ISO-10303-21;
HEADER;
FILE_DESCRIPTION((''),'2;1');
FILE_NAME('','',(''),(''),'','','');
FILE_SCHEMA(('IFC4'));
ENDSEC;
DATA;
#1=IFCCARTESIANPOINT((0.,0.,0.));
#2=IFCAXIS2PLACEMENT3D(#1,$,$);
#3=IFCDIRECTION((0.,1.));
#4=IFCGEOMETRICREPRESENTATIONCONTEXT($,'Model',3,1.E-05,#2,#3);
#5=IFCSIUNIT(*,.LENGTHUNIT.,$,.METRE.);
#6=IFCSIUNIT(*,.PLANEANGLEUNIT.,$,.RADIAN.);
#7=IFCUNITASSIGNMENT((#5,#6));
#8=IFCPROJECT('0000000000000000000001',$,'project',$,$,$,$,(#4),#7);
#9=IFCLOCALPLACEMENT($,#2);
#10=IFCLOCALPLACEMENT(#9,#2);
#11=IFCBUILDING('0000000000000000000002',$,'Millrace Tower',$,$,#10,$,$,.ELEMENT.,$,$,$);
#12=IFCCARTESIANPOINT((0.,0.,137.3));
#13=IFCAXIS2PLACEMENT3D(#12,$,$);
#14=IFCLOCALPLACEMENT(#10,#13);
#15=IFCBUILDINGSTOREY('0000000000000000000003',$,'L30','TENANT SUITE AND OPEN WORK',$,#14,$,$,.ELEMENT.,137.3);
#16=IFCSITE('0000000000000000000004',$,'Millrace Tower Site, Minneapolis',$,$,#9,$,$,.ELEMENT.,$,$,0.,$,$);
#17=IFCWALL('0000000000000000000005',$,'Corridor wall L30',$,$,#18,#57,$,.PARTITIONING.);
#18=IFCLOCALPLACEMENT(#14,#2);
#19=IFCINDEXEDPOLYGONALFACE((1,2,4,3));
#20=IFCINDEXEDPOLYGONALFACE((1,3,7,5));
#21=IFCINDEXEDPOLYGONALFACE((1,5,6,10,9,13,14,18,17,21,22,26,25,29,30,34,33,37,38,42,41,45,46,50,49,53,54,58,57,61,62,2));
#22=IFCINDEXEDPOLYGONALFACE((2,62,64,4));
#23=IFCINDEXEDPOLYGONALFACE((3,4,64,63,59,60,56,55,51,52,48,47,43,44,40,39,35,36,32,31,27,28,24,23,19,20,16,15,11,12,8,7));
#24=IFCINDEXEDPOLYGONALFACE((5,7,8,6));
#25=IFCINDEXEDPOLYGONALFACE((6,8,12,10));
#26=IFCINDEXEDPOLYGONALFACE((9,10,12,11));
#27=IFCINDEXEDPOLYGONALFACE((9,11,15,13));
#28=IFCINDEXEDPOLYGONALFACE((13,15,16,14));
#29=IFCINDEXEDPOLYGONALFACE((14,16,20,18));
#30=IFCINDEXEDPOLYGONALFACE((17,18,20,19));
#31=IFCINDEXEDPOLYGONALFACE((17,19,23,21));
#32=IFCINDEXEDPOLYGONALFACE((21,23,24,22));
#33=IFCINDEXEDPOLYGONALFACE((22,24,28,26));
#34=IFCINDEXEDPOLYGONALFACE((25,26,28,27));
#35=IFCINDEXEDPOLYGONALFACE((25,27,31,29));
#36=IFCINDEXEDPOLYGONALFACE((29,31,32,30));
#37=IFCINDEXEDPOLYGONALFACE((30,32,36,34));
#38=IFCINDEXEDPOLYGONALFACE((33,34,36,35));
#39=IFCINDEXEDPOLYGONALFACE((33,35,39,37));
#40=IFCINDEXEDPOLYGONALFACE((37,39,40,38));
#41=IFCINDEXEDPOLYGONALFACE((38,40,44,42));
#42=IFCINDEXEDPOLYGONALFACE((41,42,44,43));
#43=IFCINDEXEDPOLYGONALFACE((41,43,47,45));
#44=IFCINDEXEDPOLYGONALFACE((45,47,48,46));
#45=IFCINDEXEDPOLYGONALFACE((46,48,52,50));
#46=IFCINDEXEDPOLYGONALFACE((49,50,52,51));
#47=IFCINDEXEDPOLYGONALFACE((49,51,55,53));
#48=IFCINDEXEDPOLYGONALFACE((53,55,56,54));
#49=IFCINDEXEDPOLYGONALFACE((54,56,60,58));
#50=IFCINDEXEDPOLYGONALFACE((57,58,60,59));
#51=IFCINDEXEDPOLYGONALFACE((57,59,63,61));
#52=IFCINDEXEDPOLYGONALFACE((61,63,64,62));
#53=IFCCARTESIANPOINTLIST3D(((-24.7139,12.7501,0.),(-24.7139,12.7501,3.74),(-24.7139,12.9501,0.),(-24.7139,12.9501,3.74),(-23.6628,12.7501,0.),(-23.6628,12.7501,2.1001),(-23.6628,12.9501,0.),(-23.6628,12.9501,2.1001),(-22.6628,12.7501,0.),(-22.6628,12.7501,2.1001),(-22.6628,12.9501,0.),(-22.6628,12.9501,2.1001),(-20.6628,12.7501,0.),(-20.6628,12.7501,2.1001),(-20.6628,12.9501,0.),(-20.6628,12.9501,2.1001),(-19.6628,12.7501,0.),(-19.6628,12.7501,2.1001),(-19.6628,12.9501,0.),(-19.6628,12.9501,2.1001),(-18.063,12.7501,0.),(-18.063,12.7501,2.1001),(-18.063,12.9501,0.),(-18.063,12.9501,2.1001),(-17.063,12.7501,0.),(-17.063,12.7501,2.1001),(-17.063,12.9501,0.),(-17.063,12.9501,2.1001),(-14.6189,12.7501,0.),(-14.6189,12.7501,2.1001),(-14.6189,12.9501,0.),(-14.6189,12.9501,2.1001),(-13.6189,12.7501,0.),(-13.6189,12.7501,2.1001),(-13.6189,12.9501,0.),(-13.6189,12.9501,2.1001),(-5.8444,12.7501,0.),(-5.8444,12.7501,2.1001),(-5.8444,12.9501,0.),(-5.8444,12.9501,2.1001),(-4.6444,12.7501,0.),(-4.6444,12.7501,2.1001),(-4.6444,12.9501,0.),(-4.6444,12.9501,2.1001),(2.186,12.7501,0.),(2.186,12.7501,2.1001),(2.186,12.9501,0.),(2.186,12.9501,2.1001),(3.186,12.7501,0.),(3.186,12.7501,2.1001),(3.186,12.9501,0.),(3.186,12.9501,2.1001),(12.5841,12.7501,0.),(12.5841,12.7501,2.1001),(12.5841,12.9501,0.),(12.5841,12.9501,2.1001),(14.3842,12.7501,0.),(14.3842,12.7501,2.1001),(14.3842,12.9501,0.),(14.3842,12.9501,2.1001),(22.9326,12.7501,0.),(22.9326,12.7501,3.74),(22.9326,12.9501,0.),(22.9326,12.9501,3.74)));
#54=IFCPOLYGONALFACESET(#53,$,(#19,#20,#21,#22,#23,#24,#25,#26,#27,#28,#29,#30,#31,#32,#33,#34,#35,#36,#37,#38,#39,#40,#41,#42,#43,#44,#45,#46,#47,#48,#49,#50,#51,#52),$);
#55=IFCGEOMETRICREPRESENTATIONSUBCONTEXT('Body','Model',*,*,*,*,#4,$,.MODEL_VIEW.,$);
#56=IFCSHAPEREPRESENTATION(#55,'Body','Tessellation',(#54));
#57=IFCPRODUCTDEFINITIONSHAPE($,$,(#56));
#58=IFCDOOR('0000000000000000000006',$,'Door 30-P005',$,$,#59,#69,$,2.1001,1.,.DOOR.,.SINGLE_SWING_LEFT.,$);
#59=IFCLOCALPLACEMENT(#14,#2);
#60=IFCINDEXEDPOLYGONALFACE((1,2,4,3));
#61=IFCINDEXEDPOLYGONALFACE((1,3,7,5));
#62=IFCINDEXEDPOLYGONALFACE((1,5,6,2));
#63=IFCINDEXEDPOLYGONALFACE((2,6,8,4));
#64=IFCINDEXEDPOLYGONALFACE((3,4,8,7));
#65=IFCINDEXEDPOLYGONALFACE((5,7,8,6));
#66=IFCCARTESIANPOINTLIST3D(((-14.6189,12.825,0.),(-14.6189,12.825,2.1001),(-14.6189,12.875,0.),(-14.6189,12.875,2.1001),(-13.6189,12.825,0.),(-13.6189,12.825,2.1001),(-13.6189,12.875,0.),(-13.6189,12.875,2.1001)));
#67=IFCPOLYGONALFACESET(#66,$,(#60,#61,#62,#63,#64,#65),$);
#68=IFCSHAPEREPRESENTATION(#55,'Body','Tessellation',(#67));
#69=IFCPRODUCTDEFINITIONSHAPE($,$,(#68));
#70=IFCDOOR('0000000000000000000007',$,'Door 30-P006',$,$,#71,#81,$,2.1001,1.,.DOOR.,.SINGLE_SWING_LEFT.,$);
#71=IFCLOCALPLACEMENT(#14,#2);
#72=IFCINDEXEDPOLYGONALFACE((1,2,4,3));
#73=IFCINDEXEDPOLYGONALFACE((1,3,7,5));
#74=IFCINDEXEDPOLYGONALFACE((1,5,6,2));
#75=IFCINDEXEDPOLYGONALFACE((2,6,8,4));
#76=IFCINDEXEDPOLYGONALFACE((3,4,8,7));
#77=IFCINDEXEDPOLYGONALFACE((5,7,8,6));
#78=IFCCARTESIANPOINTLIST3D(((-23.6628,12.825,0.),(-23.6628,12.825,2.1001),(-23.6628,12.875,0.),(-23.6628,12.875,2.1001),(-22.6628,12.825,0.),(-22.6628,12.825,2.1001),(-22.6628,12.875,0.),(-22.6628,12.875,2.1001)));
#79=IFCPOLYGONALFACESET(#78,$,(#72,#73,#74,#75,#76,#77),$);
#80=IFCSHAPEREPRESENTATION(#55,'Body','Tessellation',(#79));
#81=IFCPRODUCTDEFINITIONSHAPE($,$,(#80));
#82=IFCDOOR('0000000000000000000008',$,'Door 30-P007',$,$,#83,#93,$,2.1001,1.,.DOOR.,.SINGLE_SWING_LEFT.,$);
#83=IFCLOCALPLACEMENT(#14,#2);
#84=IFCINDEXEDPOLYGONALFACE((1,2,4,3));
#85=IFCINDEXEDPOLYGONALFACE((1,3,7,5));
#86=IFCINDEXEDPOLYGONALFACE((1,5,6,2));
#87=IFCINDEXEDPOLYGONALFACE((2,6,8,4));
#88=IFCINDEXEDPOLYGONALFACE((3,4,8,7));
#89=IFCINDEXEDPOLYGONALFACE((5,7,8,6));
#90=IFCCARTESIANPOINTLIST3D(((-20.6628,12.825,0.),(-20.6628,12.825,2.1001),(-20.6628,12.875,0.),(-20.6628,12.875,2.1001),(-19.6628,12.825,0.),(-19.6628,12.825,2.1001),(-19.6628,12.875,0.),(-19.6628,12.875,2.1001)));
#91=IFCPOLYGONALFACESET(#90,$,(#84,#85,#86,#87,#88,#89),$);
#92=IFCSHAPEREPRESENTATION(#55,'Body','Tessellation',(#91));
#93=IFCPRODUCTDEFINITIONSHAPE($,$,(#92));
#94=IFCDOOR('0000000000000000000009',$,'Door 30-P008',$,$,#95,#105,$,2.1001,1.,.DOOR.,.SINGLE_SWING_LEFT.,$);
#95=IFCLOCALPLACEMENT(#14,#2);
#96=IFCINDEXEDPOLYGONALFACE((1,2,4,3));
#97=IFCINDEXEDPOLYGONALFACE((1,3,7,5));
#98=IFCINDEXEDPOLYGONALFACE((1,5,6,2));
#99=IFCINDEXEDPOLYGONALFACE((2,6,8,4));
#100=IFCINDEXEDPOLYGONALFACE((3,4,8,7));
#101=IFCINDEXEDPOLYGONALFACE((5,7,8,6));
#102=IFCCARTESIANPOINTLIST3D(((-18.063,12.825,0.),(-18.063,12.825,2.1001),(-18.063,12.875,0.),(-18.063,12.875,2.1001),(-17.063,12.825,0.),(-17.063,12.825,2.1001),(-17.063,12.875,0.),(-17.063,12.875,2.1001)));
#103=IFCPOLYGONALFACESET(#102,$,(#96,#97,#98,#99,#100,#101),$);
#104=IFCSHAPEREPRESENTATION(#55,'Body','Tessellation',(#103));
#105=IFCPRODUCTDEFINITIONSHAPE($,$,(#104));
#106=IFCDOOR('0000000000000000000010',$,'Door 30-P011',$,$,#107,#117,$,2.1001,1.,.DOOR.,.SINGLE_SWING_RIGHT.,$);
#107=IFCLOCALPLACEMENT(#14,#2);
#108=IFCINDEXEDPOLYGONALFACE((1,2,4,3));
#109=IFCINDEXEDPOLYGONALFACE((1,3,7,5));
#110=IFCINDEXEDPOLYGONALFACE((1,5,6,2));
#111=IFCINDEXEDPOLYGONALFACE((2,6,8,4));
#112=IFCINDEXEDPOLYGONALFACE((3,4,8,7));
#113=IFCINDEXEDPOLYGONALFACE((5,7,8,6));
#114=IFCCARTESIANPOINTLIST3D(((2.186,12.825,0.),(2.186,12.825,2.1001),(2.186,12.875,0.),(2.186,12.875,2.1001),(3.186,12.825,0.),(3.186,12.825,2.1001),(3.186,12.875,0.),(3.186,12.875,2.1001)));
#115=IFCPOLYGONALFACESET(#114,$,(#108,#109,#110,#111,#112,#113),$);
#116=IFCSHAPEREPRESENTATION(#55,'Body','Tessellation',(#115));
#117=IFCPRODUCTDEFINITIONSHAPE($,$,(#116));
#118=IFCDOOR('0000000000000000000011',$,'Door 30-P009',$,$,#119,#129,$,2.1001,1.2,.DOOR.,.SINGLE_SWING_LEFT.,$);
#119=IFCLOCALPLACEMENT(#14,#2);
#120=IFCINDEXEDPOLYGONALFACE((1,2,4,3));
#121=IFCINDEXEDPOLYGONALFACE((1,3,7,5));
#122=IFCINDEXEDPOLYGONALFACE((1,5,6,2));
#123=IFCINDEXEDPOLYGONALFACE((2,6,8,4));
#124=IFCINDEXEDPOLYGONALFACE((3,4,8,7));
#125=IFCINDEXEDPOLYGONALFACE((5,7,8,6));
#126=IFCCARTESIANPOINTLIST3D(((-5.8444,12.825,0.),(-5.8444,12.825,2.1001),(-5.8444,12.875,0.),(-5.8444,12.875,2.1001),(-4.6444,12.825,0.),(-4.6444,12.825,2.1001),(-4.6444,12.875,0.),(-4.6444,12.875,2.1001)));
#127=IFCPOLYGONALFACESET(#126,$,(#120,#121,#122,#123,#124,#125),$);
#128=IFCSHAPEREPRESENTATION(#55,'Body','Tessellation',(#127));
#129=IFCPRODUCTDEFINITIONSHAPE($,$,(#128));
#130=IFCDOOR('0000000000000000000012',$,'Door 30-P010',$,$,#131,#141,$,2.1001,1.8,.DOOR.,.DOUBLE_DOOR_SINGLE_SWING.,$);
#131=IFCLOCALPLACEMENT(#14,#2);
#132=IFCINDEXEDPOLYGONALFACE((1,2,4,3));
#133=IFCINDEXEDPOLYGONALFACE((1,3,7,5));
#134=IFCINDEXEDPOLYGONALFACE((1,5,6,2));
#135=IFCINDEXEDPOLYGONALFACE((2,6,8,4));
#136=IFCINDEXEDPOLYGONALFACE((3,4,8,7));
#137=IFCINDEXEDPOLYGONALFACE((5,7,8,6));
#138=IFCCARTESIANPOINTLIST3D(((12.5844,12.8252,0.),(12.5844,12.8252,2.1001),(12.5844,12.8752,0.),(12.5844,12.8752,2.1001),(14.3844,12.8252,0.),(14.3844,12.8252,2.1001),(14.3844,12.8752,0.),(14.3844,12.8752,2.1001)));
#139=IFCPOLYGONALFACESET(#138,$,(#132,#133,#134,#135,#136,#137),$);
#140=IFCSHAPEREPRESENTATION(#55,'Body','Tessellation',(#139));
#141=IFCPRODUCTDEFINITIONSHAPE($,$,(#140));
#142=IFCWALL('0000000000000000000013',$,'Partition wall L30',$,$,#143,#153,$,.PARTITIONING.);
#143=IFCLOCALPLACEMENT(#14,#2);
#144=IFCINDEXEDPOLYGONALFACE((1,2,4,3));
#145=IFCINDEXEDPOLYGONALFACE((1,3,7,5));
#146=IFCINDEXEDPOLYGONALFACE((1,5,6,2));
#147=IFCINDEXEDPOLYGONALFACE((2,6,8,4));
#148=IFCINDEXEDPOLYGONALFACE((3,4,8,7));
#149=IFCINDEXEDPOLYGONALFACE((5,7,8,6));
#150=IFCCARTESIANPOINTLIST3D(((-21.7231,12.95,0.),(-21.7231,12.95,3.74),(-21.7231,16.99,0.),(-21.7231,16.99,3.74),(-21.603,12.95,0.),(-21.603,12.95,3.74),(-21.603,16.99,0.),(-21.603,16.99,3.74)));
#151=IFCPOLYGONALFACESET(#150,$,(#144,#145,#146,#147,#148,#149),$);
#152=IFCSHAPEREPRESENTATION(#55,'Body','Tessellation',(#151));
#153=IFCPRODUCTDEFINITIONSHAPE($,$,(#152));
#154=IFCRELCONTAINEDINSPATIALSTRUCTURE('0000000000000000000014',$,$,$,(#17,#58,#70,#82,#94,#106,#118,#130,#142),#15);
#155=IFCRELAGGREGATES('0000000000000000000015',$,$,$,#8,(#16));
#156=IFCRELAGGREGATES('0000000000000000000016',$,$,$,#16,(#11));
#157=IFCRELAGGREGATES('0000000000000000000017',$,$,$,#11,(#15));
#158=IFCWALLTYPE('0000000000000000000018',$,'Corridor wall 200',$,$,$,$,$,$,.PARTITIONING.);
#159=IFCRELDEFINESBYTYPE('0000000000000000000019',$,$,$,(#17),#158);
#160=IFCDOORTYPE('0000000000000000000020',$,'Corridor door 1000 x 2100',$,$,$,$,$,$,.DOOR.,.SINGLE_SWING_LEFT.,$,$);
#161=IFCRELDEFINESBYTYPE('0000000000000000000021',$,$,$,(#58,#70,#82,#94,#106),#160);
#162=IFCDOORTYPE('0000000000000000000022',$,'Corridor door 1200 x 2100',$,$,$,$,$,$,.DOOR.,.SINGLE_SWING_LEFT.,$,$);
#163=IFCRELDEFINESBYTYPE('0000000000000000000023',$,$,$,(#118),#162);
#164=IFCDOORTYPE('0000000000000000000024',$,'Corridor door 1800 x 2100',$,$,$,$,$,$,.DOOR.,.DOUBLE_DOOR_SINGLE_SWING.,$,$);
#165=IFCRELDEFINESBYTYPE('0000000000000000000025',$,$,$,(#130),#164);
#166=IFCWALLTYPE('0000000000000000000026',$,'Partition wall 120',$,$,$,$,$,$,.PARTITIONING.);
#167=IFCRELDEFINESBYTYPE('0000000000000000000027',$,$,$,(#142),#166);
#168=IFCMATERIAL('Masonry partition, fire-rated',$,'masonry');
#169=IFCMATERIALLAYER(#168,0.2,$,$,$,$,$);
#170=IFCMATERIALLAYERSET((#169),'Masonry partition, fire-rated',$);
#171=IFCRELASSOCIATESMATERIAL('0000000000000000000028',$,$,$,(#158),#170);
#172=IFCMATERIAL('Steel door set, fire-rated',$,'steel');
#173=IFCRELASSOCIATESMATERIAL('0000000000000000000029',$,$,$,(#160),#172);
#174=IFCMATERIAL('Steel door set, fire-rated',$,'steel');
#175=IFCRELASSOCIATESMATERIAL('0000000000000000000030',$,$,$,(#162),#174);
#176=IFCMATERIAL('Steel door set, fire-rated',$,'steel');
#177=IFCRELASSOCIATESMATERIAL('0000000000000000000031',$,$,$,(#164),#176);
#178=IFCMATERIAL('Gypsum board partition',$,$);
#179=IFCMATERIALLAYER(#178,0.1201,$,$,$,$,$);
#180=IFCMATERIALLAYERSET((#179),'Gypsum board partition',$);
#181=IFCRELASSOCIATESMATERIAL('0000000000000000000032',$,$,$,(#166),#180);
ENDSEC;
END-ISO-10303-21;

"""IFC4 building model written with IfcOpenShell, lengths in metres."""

from ifc_helpers import new_model, si_unit, direction, frame, frame_2d, origin, place, context, subcontext, project, spatial, rectangle, extrude, material, layer, layer_set, type_object, element, fill, save


model = new_model("IFC4")

# Units and contexts
model_context = context("Model", 3, precision=1e-05, world=origin(), true_north=direction((0.0, 1.0)))
body_context = subcontext(model_context, "Body", "Model", "MODEL_VIEW")
ifc_project = project(units=[si_unit("LENGTHUNIT", "METRE"), si_unit("PLANEANGLEUNIT", "RADIAN")], contexts=[model_context])

# Site, building, storey
site_placement = place(None, origin())
site = spatial("IfcSite", under=ifc_project, at=site_placement, Name="Millrace Tower Site, Minneapolis", CompositionType="ELEMENT", RefElevation=0.0)
building_placement = place(site_placement, origin())
building = spatial("IfcBuilding", under=site, at=building_placement, Name="Millrace Tower", CompositionType="ELEMENT")
storey_placement = place(building_placement, frame((0.0, 0.0, 137.3)))
storey = spatial("IfcBuildingStorey", under=building, at=storey_placement, Name="L30", Description="TENANT SUITE AND OPEN WORK", CompositionType="ELEMENT", Elevation=137.3)

# Shared definitions
ifc_material_1 = material(Name="Masonry partition, fire-rated", Category="masonry")
ifc_layer_1 = layer(ifc_material_1, 0.2)
ifc_layer_set_1 = layer_set([ifc_layer_1], Name="Masonry partition, fire-rated")
wall_type_1 = type_object("IfcWallType", Name="Corridor wall 200", PredefinedType="PARTITIONING", material=ifc_layer_set_1)

# Wall, openings, doors
wall_1_placement = place(storey_placement, frame((-24.7139, 12.8501, 0.0), z_axis=(0.0, 0.0, 1.0), x_axis=(1.0, 0.0, 0.0)))
wall_1 = element("IfcWall", 1, at=wall_1_placement, inside=storey, type_object=wall_type_1, Name="Corridor wall L30", PredefinedType="PARTITIONING", context=body_context, shape_type="SweptSolid", body=[
    extrude(rectangle(XDim=47.6465, YDim=0.2, at=frame_2d((23.8232, 0.0))), origin(), (0.0, 0.0, 1.0), 3.74),
])
opening_1_placement = place(wall_1_placement, frame((10.095, 0.0, 0.0)))
opening_1 = element("IfcOpeningElement", 2, at=opening_1_placement, cuts=wall_1, PredefinedType="OPENING", context=body_context, shape_type="SweptSolid", body=[
    extrude(rectangle(XDim=1.0, YDim=2.1001, at=frame_2d((0.5, 1.05))), frame((0.0, 0.1099, 0.0), z_axis=(0.0, -1.0, 0.0), x_axis=(1.0, 0.0, 0.0)), (0.0, 0.0, 1.0), 0.22),
])
opening_2_placement = place(wall_1_placement, frame((1.051, 0.0, 0.0)))
opening_2 = element("IfcOpeningElement", 3, at=opening_2_placement, cuts=wall_1, PredefinedType="OPENING", context=body_context, shape_type="SweptSolid", body=[
    extrude(rectangle(XDim=1.0, YDim=2.1001, at=frame_2d((0.5, 1.05))), frame((0.0, 0.1099, 0.0), z_axis=(0.0, -1.0, 0.0), x_axis=(1.0, 0.0, 0.0)), (0.0, 0.0, 1.0), 0.22),
])
opening_3_placement = place(wall_1_placement, frame((4.051, 0.0, 0.0)))
opening_3 = element("IfcOpeningElement", 4, at=opening_3_placement, cuts=wall_1, PredefinedType="OPENING", context=body_context, shape_type="SweptSolid", body=[
    extrude(rectangle(XDim=1.0, YDim=2.1001, at=frame_2d((0.5, 1.05))), frame((0.0, 0.1099, 0.0), z_axis=(0.0, -1.0, 0.0), x_axis=(1.0, 0.0, 0.0)), (0.0, 0.0, 1.0), 0.22),
])
opening_4_placement = place(wall_1_placement, frame((6.6509, 0.0, 0.0)))
opening_4 = element("IfcOpeningElement", 5, at=opening_4_placement, cuts=wall_1, PredefinedType="OPENING", context=body_context, shape_type="SweptSolid", body=[
    extrude(rectangle(XDim=1.0, YDim=2.1001, at=frame_2d((0.5, 1.05))), frame((0.0, 0.1099, 0.0), z_axis=(0.0, -1.0, 0.0), x_axis=(1.0, 0.0, 0.0)), (0.0, 0.0, 1.0), 0.22),
])
opening_5_placement = place(wall_1_placement, frame((18.8694, 0.0, 0.0)))
opening_5 = element("IfcOpeningElement", 6, at=opening_5_placement, cuts=wall_1, PredefinedType="OPENING", context=body_context, shape_type="SweptSolid", body=[
    extrude(rectangle(XDim=1.2, YDim=2.1001, at=frame_2d((0.6001, 1.05))), frame((0.0, 0.1099, 0.0), z_axis=(0.0, -1.0, 0.0), x_axis=(1.0, 0.0, 0.0)), (0.0, 0.0, 1.0), 0.22),
])
opening_6_placement = place(wall_1_placement, frame((37.2981, 0.0, 0.0)))
opening_6 = element("IfcOpeningElement", 7, at=opening_6_placement, cuts=wall_1, PredefinedType="OPENING", context=body_context, shape_type="SweptSolid", body=[
    extrude(rectangle(XDim=1.8, YDim=2.1001, at=frame_2d((0.8999, 1.05))), frame((0.0, 0.1099, 0.0), z_axis=(0.0, -1.0, 0.0), x_axis=(1.0, 0.0, 0.0)), (0.0, 0.0, 1.0), 0.22),
])
opening_7_placement = place(wall_1_placement, frame((26.8999, 0.0, 0.0)))
opening_7 = element("IfcOpeningElement", 8, at=opening_7_placement, cuts=wall_1, PredefinedType="OPENING", context=body_context, shape_type="SweptSolid", body=[
    extrude(rectangle(XDim=1.0, YDim=2.1001, at=frame_2d((0.5, 1.05))), frame((0.0, 0.1099, 0.0), z_axis=(0.0, -1.0, 0.0), x_axis=(1.0, 0.0, 0.0)), (0.0, 0.0, 1.0), 0.22),
])
ifc_material_2 = material(Name="Steel door set, fire-rated", Category="steel")
door_type_1 = type_object("IfcDoorType", Name="Corridor door 1000 x 2100", OperationType="SINGLE_SWING_LEFT", PredefinedType="DOOR", material=ifc_material_2)
door_1_placement = place(opening_1_placement, origin())
door_1 = element("IfcDoor", 9, at=door_1_placement, inside=storey, type_object=door_type_1, Name="Door 30-P005", OperationType="SINGLE_SWING_LEFT", OverallHeight=2.1001, OverallWidth=1.0, PredefinedType="DOOR", context=body_context, shape_type="SweptSolid", body=[
    extrude(rectangle(XDim=1.0, YDim=2.1001, at=frame_2d((0.5, 1.05))), frame((0.0, 0.0249, 0.0), z_axis=(0.0, -1.0, 0.0), x_axis=(1.0, 0.0, 0.0)), (0.0, 0.0, 1.0), 0.05),
])
fill(opening_1, door_1)
door_2_placement = place(opening_2_placement, origin())
door_2 = element("IfcDoor", 10, at=door_2_placement, inside=storey, type_object=door_type_1, Name="Door 30-P006", OperationType="SINGLE_SWING_LEFT", OverallHeight=2.1001, OverallWidth=1.0, PredefinedType="DOOR", context=body_context, shape_type="SweptSolid", body=[
    extrude(rectangle(XDim=1.0, YDim=2.1001, at=frame_2d((0.5, 1.05))), frame((0.0, 0.0249, 0.0), z_axis=(0.0, -1.0, 0.0), x_axis=(1.0, 0.0, 0.0)), (0.0, 0.0, 1.0), 0.05),
])
fill(opening_2, door_2)
door_3_placement = place(opening_3_placement, origin())
door_3 = element("IfcDoor", 11, at=door_3_placement, inside=storey, type_object=door_type_1, Name="Door 30-P007", OperationType="SINGLE_SWING_LEFT", OverallHeight=2.1001, OverallWidth=1.0, PredefinedType="DOOR", context=body_context, shape_type="SweptSolid", body=[
    extrude(rectangle(XDim=1.0, YDim=2.1001, at=frame_2d((0.5, 1.05))), frame((0.0, 0.0249, 0.0), z_axis=(0.0, -1.0, 0.0), x_axis=(1.0, 0.0, 0.0)), (0.0, 0.0, 1.0), 0.05),
])
fill(opening_3, door_3)
door_4_placement = place(opening_4_placement, origin())
door_4 = element("IfcDoor", 12, at=door_4_placement, inside=storey, type_object=door_type_1, Name="Door 30-P008", OperationType="SINGLE_SWING_LEFT", OverallHeight=2.1001, OverallWidth=1.0, PredefinedType="DOOR", context=body_context, shape_type="SweptSolid", body=[
    extrude(rectangle(XDim=1.0, YDim=2.1001, at=frame_2d((0.5, 1.05))), frame((0.0, 0.0249, 0.0), z_axis=(0.0, -1.0, 0.0), x_axis=(1.0, 0.0, 0.0)), (0.0, 0.0, 1.0), 0.05),
])
fill(opening_4, door_4)
door_5_placement = place(opening_7_placement, origin())
door_5 = element("IfcDoor", 13, at=door_5_placement, inside=storey, type_object=door_type_1, Name="Door 30-P011", OperationType="SINGLE_SWING_RIGHT", OverallHeight=2.1001, OverallWidth=1.0, PredefinedType="DOOR", context=body_context, shape_type="SweptSolid", body=[
    extrude(rectangle(XDim=1.0, YDim=2.1001, at=frame_2d((0.5, 1.05))), frame((0.0, 0.0249, 0.0), z_axis=(0.0, -1.0, 0.0), x_axis=(1.0, 0.0, 0.0)), (0.0, 0.0, 1.0), 0.05),
])
fill(opening_7, door_5)
ifc_material_3 = material(Name="Steel door set, fire-rated", Category="steel")
door_type_2 = type_object("IfcDoorType", Name="Corridor door 1200 x 2100", OperationType="SINGLE_SWING_LEFT", PredefinedType="DOOR", material=ifc_material_3)
door_6_placement = place(opening_5_placement, origin())
door_6 = element("IfcDoor", 14, at=door_6_placement, inside=storey, type_object=door_type_2, Name="Door 30-P009", OperationType="SINGLE_SWING_LEFT", OverallHeight=2.1001, OverallWidth=1.2, PredefinedType="DOOR", context=body_context, shape_type="SweptSolid", body=[
    extrude(rectangle(XDim=1.2, YDim=2.1001, at=frame_2d((0.6001, 1.05))), frame((0.0, 0.0249, 0.0), z_axis=(0.0, -1.0, 0.0), x_axis=(1.0, 0.0, 0.0)), (0.0, 0.0, 1.0), 0.05),
])
fill(opening_5, door_6)
ifc_material_4 = material(Name="Steel door set, fire-rated", Category="steel")
door_type_3 = type_object("IfcDoorType", Name="Corridor door 1800 x 2100", OperationType="DOUBLE_DOOR_SINGLE_SWING", PredefinedType="DOOR", material=ifc_material_4)
door_7_placement = place(opening_6_placement, frame((1.8, 0.0, 0.0), z_axis=(0.0, 0.0, 1.0), x_axis=(-1.0, 0.0, 0.0)))
door_7 = element("IfcDoor", 15, at=door_7_placement, inside=storey, type_object=door_type_3, Name="Door 30-P010", OperationType="DOUBLE_DOOR_SINGLE_SWING", OverallHeight=2.1001, OverallWidth=1.8, PredefinedType="DOOR", context=body_context, shape_type="SweptSolid", body=[
    extrude(rectangle(XDim=1.8, YDim=2.1001, at=frame_2d((0.8999, 1.05))), frame((0.0, 0.0249, 0.0), z_axis=(0.0, -1.0, 0.0), x_axis=(1.0, 0.0, 0.0)), (0.0, 0.0, 1.0), 0.05),
])
fill(opening_6, door_7)

# Wall
ifc_material_5 = material(Name="Gypsum board partition")
ifc_layer_2 = layer(ifc_material_5, 0.1201)
ifc_layer_set_2 = layer_set([ifc_layer_2], Name="Gypsum board partition")
wall_type_2 = type_object("IfcWallType", Name="Partition wall 120", PredefinedType="PARTITIONING", material=ifc_layer_set_2)
wall_2_placement = place(storey_placement, frame((-21.6631, 12.95, 0.0), z_axis=(0.0, 0.0, 1.0), x_axis=(0.0, 1.0, 0.0)))
element("IfcWall", 16, at=wall_2_placement, inside=storey, type_object=wall_type_2, Name="Partition wall L30", PredefinedType="PARTITIONING", context=body_context, shape_type="SweptSolid", body=[
    extrude(rectangle(XDim=4.04, YDim=0.1201, at=frame_2d((2.02, 0.0))), origin(), (0.0, 0.0, 1.0), 3.74),
])

save(model, "model.ifc")
